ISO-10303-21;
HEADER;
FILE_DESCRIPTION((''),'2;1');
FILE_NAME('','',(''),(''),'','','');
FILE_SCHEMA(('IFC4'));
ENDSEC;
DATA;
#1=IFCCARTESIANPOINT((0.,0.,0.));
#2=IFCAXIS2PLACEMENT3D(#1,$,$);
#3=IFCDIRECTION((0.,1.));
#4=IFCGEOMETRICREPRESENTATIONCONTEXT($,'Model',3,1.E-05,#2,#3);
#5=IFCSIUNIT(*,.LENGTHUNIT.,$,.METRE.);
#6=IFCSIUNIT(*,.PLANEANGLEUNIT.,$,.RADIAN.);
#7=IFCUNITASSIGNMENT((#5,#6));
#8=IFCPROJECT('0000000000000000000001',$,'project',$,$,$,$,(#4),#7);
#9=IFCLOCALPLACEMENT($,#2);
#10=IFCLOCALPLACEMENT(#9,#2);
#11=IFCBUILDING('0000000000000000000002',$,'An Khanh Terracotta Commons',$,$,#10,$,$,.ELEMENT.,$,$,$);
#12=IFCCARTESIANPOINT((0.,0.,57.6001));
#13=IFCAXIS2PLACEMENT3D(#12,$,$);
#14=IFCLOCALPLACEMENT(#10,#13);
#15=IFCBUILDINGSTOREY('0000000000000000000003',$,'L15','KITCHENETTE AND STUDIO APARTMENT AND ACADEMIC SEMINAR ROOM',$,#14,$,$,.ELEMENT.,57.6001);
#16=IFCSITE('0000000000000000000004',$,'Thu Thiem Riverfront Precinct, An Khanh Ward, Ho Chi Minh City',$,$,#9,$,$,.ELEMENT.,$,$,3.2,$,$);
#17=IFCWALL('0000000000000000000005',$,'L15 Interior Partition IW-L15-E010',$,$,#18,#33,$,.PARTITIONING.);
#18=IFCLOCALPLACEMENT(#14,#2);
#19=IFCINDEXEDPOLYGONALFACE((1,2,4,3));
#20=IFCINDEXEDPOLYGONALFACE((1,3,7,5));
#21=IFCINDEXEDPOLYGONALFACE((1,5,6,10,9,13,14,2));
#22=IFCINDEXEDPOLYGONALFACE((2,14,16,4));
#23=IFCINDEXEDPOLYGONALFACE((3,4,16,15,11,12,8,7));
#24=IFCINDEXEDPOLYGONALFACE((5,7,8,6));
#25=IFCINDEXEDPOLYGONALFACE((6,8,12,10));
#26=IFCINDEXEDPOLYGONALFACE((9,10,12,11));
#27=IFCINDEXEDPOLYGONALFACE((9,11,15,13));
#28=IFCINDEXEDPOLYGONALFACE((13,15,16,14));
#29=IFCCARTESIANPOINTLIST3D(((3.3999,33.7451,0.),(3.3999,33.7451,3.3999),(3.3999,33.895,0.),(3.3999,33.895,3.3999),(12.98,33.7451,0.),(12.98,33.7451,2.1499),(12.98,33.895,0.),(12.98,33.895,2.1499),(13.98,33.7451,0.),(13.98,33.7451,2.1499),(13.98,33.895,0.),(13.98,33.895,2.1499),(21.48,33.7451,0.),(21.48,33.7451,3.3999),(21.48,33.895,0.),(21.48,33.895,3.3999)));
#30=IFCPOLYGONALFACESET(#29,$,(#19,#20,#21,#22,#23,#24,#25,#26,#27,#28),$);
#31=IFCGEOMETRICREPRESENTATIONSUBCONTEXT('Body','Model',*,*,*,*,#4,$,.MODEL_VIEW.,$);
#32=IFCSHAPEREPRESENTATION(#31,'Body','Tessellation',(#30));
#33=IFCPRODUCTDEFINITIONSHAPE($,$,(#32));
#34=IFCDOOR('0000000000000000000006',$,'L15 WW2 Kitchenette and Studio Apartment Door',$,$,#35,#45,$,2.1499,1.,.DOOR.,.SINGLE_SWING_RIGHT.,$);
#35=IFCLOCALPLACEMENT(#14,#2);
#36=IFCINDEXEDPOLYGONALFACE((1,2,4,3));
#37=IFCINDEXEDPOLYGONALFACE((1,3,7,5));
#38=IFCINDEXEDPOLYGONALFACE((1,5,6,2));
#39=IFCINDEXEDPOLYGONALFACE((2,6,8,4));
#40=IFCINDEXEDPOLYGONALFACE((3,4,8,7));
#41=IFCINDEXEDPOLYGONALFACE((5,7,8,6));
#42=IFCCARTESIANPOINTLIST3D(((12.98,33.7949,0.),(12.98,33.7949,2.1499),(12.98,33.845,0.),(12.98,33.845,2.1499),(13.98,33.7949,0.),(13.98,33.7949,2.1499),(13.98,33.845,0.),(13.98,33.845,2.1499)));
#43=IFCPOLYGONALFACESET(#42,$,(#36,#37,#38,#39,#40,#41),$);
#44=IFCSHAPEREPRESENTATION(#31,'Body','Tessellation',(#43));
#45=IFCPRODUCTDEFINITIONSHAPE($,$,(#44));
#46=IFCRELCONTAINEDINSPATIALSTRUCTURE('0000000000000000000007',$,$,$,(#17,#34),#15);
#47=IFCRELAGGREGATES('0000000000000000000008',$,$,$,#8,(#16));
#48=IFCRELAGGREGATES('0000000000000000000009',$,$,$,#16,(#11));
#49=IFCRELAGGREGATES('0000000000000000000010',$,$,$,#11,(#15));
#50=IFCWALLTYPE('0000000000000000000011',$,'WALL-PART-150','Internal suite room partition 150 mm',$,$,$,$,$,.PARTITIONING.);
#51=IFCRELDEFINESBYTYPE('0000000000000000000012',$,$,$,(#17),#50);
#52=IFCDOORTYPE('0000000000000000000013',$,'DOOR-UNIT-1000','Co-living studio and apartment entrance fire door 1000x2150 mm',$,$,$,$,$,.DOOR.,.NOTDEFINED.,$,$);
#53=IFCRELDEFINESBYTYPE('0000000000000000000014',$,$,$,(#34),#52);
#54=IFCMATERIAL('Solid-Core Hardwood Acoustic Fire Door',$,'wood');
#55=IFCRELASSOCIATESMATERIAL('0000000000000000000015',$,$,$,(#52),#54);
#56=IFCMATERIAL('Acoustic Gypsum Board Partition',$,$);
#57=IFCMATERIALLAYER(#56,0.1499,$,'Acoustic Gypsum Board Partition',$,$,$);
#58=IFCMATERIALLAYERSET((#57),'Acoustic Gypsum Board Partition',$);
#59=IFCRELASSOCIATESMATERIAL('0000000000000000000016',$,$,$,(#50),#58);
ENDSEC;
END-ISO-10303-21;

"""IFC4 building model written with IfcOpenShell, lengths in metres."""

from ifc_helpers import new_model, si_unit, direction, frame, frame_2d, origin, place, context, subcontext, project, spatial, rectangle, extrude, material, layer, layer_set, type_object, element, fill, save


model = new_model("IFC4")

# Units and contexts
model_context = context("Model", 3, precision=1e-05, world=origin(), true_north=direction((0.0, 1.0)))
body_context = subcontext(model_context, "Body", "Model", "MODEL_VIEW")
ifc_project = project(units=[si_unit("LENGTHUNIT", "METRE"), si_unit("PLANEANGLEUNIT", "RADIAN")], contexts=[model_context])

# Site, building, storey
site_placement = place(None, origin())
site = spatial("IfcSite", under=ifc_project, at=site_placement, Name="Thu Thiem Riverfront Precinct, An Khanh Ward, Ho Chi Minh City", CompositionType="ELEMENT", RefElevation=3.2)
building_placement = place(site_placement, origin())
building = spatial("IfcBuilding", under=site, at=building_placement, Name="An Khanh Terracotta Commons", CompositionType="ELEMENT")
storey_placement = place(building_placement, frame((0.0, 0.0, 57.6001)))
storey = spatial("IfcBuildingStorey", under=building, at=storey_placement, Name="L15", Description="KITCHENETTE AND STUDIO APARTMENT AND ACADEMIC SEMINAR ROOM", CompositionType="ELEMENT", Elevation=57.6001)

# Shared definitions
ifc_material_1 = material(Name="Solid-Core Hardwood Acoustic Fire Door", Category="wood")
door_type_1 = type_object("IfcDoorType", Name="DOOR-UNIT-1000", Description="Co-living studio and apartment entrance fire door 1000x2150 mm", OperationType="NOTDEFINED", PredefinedType="DOOR", material=ifc_material_1)

# Wall, opening, door
ifc_material_2 = material(Name="Acoustic Gypsum Board Partition")
ifc_layer_1 = layer(ifc_material_2, 0.1499, Name="Acoustic Gypsum Board Partition")
ifc_layer_set_1 = layer_set([ifc_layer_1], Name="Acoustic Gypsum Board Partition")
wall_type_1 = type_object("IfcWallType", Name="WALL-PART-150", Description="Internal suite room partition 150 mm", PredefinedType="PARTITIONING", material=ifc_layer_set_1)
wall_1_placement = place(storey_placement, frame((3.3999, 33.8201, 0.0), z_axis=(0.0, 0.0, 1.0), x_axis=(1.0, 0.0, 0.0)))
wall_1 = element("IfcWall", 1, at=wall_1_placement, inside=storey, type_object=wall_type_1, Name="L15 Interior Partition IW-L15-E010", PredefinedType="PARTITIONING", context=body_context, shape_type="SweptSolid", body=[
    extrude(rectangle(XDim=18.0801, YDim=0.1499, at=frame_2d((9.04, 0.0))), origin(), (0.0, 0.0, 1.0), 3.3999),
])
opening_1_placement = place(wall_1_placement, frame((9.5801, 0.0, 0.0)))
opening_1 = element("IfcOpeningElement", 2, at=opening_1_placement, cuts=wall_1, PredefinedType="OPENING", context=body_context, shape_type="SweptSolid", body=[
    extrude(rectangle(XDim=1.0, YDim=2.1499, at=frame_2d((0.5, 1.075))), frame((0.0, 0.085, 0.0), z_axis=(0.0, -1.0, 0.0), x_axis=(1.0, 0.0, 0.0)), (0.0, 0.0, 1.0), 0.1699),
])
door_1_placement = place(opening_1_placement, origin())
door_1 = element("IfcDoor", 3, at=door_1_placement, inside=storey, type_object=door_type_1, Name="L15 WW2 Kitchenette and Studio Apartment Door", OperationType="SINGLE_SWING_RIGHT", OverallHeight=2.1499, OverallWidth=1.0, PredefinedType="DOOR", context=body_context, shape_type="SweptSolid", body=[
    extrude(rectangle(XDim=1.0, YDim=2.1499, at=frame_2d((0.5, 1.075))), frame((0.0, 0.0249, 0.0), z_axis=(0.0, -1.0, 0.0), x_axis=(1.0, 0.0, 0.0)), (0.0, 0.0, 1.0), 0.05),
])
fill(opening_1, door_1)

save(model, "model.ifc")
